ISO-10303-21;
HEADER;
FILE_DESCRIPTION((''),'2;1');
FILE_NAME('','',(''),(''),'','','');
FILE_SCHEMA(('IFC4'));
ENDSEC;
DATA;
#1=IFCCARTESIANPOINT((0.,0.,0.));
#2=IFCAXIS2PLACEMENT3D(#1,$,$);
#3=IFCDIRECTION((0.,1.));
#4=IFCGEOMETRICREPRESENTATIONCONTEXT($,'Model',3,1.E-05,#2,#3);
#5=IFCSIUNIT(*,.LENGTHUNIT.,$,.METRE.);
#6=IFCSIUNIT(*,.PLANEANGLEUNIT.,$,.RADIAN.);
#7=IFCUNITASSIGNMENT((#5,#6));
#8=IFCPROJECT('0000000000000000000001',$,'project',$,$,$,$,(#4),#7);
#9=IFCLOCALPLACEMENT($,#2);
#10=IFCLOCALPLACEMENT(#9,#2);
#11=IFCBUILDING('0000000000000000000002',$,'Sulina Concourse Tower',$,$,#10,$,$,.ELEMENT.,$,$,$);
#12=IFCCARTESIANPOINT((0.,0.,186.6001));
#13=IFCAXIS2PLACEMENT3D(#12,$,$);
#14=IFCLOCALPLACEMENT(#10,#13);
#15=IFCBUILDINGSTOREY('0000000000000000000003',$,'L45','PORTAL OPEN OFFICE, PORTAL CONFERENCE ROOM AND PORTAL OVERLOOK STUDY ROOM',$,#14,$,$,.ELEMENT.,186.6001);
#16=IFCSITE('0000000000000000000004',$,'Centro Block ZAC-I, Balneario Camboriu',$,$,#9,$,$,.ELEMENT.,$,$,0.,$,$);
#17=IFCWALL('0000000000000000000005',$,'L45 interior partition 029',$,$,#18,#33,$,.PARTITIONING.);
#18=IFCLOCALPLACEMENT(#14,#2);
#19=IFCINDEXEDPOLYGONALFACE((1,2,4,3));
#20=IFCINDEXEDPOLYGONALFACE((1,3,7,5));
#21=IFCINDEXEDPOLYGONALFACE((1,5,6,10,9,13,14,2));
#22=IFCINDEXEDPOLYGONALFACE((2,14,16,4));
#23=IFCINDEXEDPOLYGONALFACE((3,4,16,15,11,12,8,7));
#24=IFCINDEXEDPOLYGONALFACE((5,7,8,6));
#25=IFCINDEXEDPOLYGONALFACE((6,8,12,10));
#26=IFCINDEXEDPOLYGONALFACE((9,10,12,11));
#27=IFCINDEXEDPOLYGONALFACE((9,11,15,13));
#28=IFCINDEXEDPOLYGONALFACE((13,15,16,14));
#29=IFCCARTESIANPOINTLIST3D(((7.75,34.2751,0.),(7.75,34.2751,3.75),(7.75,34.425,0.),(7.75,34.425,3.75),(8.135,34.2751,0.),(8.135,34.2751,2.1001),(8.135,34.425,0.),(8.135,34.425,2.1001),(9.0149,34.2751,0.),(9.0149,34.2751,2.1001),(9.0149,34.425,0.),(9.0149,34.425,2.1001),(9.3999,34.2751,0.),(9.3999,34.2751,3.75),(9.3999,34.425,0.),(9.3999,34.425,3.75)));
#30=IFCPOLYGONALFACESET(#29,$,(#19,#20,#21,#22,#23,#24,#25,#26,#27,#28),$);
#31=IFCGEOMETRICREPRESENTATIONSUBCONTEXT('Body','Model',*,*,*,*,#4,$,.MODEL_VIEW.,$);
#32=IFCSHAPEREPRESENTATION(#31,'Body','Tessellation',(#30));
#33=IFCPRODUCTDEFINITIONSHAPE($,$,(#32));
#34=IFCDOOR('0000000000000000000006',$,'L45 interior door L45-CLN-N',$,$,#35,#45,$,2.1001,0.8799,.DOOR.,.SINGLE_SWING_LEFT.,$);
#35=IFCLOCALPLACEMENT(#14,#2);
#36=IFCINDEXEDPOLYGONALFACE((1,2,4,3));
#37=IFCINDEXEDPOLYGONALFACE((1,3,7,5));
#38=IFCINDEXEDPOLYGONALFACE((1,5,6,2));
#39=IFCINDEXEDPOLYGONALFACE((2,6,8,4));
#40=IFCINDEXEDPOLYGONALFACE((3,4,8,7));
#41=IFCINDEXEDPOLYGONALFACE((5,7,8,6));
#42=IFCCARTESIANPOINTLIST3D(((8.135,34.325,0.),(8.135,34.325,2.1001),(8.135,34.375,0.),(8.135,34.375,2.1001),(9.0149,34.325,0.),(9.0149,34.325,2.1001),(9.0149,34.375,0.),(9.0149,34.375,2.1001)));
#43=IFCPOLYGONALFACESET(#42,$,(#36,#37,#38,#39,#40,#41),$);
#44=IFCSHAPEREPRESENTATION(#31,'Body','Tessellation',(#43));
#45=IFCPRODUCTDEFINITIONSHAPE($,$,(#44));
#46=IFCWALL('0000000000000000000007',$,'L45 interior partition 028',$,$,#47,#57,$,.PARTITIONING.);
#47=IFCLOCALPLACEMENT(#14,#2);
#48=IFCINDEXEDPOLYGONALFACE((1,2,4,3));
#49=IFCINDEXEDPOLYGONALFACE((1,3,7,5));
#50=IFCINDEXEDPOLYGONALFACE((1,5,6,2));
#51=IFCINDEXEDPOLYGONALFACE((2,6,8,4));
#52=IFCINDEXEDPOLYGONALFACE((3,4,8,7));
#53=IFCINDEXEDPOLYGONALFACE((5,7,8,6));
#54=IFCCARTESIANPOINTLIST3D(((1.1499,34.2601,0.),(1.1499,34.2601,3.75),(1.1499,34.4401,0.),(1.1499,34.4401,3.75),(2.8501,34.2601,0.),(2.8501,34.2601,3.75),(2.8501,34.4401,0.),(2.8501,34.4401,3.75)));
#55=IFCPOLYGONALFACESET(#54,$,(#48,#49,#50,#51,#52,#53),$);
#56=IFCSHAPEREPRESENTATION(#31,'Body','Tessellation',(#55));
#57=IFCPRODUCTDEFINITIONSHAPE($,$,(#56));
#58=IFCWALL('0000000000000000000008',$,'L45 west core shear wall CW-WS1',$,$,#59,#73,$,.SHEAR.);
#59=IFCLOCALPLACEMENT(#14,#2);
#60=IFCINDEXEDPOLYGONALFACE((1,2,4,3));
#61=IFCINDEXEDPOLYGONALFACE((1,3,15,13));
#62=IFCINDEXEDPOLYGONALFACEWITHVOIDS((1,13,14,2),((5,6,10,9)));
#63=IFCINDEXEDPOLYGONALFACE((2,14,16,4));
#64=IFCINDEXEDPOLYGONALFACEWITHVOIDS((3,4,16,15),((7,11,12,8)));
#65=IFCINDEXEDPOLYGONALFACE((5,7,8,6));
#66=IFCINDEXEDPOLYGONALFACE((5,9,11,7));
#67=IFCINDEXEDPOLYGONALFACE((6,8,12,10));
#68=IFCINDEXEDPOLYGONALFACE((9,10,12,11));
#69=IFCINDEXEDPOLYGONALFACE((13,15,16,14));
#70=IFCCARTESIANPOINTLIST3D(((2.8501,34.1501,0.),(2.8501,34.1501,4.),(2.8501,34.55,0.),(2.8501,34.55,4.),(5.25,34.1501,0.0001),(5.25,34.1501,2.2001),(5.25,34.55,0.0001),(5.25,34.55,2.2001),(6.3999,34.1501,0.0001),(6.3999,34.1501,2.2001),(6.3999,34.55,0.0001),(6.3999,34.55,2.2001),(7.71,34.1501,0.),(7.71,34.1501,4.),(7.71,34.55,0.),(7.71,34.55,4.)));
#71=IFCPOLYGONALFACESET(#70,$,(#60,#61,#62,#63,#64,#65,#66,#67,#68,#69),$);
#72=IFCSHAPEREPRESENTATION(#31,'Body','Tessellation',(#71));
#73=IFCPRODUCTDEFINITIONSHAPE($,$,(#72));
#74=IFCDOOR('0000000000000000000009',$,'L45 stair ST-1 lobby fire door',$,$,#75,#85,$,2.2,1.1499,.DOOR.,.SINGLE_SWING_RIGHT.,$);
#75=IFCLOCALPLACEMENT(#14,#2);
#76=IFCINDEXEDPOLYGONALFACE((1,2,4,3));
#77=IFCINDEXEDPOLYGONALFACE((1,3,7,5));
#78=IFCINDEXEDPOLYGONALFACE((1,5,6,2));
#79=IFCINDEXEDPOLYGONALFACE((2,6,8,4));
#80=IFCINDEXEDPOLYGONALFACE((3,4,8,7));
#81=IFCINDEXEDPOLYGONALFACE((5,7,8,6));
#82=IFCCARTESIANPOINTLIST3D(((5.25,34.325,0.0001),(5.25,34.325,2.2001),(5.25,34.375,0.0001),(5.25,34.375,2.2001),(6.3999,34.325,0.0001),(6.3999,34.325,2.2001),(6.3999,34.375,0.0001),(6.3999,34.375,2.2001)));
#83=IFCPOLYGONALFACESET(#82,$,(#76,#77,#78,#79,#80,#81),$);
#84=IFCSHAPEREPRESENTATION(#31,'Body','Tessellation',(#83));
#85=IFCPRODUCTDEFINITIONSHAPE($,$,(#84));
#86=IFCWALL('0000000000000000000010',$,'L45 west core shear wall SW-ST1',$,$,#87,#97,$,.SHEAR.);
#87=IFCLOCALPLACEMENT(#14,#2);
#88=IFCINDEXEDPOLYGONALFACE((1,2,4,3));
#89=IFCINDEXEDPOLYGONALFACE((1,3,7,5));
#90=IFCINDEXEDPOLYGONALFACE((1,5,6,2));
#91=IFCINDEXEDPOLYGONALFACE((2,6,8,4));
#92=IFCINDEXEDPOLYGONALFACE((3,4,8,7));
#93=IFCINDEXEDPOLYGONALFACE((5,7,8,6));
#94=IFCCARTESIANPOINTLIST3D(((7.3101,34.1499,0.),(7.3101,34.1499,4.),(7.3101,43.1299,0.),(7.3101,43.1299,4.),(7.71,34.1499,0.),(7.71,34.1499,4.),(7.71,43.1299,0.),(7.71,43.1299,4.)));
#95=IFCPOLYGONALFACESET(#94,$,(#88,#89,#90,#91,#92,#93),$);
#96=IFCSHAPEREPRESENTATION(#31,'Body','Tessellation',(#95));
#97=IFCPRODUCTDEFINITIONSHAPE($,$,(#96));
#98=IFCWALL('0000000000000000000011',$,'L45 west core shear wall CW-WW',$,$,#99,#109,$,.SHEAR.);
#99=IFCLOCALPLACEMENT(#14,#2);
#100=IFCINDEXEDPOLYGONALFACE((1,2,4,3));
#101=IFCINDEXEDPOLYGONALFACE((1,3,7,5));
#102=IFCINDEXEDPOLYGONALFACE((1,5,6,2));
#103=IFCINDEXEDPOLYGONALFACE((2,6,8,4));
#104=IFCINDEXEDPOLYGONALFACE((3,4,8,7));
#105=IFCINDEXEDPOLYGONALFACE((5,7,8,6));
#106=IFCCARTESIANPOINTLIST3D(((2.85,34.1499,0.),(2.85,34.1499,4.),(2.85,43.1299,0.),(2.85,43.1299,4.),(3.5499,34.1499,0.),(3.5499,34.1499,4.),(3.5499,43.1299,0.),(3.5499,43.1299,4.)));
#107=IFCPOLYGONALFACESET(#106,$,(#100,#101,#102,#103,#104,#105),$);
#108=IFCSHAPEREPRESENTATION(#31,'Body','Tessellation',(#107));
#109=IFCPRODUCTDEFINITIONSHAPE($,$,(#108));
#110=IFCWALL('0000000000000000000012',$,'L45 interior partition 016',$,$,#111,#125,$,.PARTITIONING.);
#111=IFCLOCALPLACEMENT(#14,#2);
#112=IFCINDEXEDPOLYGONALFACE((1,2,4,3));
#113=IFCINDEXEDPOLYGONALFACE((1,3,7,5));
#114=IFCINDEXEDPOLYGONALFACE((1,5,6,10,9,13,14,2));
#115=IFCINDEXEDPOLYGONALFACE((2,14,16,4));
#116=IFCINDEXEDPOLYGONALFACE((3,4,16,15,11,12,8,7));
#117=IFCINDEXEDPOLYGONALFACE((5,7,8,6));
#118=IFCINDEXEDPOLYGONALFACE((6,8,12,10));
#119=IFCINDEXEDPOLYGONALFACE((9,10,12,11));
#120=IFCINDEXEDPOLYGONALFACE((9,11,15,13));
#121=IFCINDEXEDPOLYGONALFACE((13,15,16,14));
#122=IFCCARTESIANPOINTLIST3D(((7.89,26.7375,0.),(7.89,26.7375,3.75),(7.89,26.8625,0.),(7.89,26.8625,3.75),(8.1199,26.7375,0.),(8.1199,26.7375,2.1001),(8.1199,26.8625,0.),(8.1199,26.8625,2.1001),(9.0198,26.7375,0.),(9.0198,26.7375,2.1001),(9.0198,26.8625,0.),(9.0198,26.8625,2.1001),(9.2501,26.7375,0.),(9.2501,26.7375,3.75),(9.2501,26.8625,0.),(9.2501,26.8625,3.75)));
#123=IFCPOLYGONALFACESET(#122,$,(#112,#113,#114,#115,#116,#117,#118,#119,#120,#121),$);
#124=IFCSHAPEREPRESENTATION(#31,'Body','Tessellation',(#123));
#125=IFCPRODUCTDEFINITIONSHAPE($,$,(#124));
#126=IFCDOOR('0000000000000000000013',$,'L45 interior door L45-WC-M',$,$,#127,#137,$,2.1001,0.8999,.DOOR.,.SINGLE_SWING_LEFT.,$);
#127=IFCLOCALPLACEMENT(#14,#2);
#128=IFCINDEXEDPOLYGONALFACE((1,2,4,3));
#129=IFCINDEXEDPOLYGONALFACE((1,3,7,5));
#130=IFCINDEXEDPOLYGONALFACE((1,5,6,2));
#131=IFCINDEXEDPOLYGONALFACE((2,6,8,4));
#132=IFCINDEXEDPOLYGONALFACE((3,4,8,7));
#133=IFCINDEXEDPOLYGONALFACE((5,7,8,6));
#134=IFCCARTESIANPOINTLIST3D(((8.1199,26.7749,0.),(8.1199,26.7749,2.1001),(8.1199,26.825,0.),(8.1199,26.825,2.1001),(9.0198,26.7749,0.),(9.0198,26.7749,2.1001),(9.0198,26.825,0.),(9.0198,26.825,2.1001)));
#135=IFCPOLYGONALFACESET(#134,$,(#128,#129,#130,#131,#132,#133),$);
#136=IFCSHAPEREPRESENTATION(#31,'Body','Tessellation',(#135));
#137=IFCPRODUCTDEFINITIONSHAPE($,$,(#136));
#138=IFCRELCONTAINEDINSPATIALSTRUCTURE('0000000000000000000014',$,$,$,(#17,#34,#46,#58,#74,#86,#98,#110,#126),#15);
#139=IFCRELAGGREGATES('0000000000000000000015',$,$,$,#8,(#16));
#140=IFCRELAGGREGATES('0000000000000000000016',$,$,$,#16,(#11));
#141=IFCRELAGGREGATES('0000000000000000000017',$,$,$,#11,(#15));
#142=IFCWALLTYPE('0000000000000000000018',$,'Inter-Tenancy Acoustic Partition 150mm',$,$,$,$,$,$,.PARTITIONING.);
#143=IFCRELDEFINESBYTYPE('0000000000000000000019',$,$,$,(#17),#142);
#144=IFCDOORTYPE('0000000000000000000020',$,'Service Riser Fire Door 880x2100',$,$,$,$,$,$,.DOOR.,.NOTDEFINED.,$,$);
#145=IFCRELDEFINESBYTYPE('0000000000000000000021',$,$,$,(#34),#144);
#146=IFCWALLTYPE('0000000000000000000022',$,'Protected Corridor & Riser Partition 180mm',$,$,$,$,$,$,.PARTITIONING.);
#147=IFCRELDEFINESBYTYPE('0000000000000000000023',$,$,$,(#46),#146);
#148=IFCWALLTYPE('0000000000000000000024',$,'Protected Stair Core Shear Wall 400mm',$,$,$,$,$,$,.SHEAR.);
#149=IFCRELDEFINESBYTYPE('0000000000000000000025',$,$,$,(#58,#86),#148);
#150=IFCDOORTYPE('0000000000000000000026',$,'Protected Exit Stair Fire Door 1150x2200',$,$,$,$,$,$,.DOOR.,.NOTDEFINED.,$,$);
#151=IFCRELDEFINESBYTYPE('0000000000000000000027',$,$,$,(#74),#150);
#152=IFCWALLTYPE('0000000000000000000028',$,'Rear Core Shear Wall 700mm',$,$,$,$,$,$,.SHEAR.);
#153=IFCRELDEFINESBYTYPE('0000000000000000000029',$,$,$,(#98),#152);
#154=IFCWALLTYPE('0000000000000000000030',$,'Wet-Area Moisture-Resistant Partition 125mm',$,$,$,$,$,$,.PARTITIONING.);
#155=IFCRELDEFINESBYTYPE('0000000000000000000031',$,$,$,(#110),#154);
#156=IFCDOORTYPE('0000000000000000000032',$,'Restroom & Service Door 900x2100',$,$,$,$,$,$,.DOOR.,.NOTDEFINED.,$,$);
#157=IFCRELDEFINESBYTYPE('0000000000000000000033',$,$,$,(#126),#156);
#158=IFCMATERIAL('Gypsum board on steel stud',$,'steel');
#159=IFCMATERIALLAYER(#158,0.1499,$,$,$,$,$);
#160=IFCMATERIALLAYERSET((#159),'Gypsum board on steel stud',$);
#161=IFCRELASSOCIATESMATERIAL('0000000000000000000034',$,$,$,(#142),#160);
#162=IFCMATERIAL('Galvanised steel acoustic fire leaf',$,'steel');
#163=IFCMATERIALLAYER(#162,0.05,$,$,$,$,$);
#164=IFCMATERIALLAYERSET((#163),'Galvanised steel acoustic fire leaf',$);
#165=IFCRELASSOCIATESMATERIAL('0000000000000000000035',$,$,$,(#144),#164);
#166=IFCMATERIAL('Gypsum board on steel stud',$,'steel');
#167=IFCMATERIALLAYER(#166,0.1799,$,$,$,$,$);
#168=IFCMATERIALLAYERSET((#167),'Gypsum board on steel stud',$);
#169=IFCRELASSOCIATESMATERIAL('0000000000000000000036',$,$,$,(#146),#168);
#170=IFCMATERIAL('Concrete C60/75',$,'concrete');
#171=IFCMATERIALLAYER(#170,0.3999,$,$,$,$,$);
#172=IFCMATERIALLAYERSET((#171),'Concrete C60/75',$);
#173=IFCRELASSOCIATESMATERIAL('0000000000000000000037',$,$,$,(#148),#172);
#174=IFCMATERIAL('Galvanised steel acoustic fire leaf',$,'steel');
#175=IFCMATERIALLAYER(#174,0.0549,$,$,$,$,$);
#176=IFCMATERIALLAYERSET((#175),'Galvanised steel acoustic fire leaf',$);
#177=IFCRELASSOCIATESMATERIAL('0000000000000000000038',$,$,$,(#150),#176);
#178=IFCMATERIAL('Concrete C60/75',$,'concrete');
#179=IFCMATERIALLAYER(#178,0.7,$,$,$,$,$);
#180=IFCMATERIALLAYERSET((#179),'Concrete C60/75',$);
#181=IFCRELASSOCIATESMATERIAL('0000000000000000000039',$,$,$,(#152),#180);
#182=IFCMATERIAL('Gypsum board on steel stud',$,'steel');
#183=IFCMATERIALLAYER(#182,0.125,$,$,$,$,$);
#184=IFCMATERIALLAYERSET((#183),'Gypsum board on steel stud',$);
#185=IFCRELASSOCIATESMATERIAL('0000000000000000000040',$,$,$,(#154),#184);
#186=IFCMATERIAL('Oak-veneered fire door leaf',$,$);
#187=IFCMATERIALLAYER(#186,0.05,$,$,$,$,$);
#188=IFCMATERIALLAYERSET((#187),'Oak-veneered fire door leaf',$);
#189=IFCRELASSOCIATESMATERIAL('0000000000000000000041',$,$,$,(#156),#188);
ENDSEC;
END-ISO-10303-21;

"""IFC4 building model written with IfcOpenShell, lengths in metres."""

from ifc_helpers import new_model, si_unit, direction, frame, frame_2d, origin, place, context, subcontext, project, spatial, rectangle, extrude, material, layer, layer_set, type_object, element, fill, save


model = new_model("IFC4")

# Units and contexts
model_context = context("Model", 3, precision=1e-05, world=origin(), true_north=direction((0.0, 1.0)))
body_context = subcontext(model_context, "Body", "Model", "MODEL_VIEW")
ifc_project = project(units=[si_unit("LENGTHUNIT", "METRE"), si_unit("PLANEANGLEUNIT", "RADIAN")], contexts=[model_context])

# Site, building, storey
site_placement = place(None, origin())
site = spatial("IfcSite", under=ifc_project, at=site_placement, Name="Centro Block ZAC-I, Balneario Camboriu", CompositionType="ELEMENT", RefElevation=0.0)
building_placement = place(site_placement, origin())
building = spatial("IfcBuilding", under=site, at=building_placement, Name="Sulina Concourse Tower", CompositionType="ELEMENT")
storey_placement = place(building_placement, frame((0.0, 0.0, 186.6001)))
storey = spatial("IfcBuildingStorey", under=building, at=storey_placement, Name="L45", Description="PORTAL OPEN OFFICE, PORTAL CONFERENCE ROOM AND PORTAL OVERLOOK STUDY ROOM", CompositionType="ELEMENT", Elevation=186.6001)

# Wall, opening, door
ifc_material_1 = material(Name="Gypsum board on steel stud", Category="steel")
ifc_layer_1 = layer(ifc_material_1, 0.1499)
ifc_layer_set_1 = layer_set([ifc_layer_1], Name="Gypsum board on steel stud")
wall_type_1 = type_object("IfcWallType", Name="Inter-Tenancy Acoustic Partition 150mm", PredefinedType="PARTITIONING", material=ifc_layer_set_1)
wall_1_placement = place(storey_placement, frame((7.75, 34.3501, 0.0), z_axis=(0.0, 0.0, 1.0), x_axis=(1.0, 0.0, 0.0)))
wall_1 = element("IfcWall", 1, at=wall_1_placement, inside=storey, type_object=wall_type_1, Name="L45 interior partition 029", PredefinedType="PARTITIONING", context=body_context, shape_type="SweptSolid", body=[
    extrude(rectangle(XDim=1.6499, YDim=0.1499, at=frame_2d((0.825, 0.0))), origin(), (0.0, 0.0, 1.0), 3.75),
])
opening_1_placement = place(wall_1_placement, frame((0.385, 0.0, 0.0)))
opening_1 = element("IfcOpeningElement", 2, at=opening_1_placement, cuts=wall_1, PredefinedType="OPENING", context=body_context, shape_type="SweptSolid", body=[
    extrude(rectangle(XDim=0.8799, YDim=2.1001, at=frame_2d((0.4399, 1.05))), frame((0.0, 0.085, 0.0), z_axis=(0.0, -1.0, 0.0), x_axis=(1.0, 0.0, 0.0)), (0.0, 0.0, 1.0), 0.1699),
])
ifc_material_2 = material(Name="Galvanised steel acoustic fire leaf", Category="steel")
ifc_layer_2 = layer(ifc_material_2, 0.05)
ifc_layer_set_2 = layer_set([ifc_layer_2], Name="Galvanised steel acoustic fire leaf")
door_type_1 = type_object("IfcDoorType", Name="Service Riser Fire Door 880x2100", OperationType="NOTDEFINED", PredefinedType="DOOR", material=ifc_layer_set_2)
door_1_placement = place(opening_1_placement, origin())
door_1 = element("IfcDoor", 3, at=door_1_placement, inside=storey, type_object=door_type_1, Name="L45 interior door L45-CLN-N", OperationType="SINGLE_SWING_LEFT", OverallHeight=2.1001, OverallWidth=0.8799, PredefinedType="DOOR", context=body_context, shape_type="SweptSolid", body=[
    extrude(rectangle(XDim=0.8799, YDim=2.1001, at=frame_2d((0.4399, 1.05))), frame((0.0, 0.0249, 0.0), z_axis=(0.0, -1.0, 0.0), x_axis=(1.0, 0.0, 0.0)), (0.0, 0.0, 1.0), 0.05),
])
fill(opening_1, door_1)

# Wall
ifc_material_3 = material(Name="Gypsum board on steel stud", Category="steel")
ifc_layer_3 = layer(ifc_material_3, 0.1799)
ifc_layer_set_3 = layer_set([ifc_layer_3], Name="Gypsum board on steel stud")
wall_type_2 = type_object("IfcWallType", Name="Protected Corridor & Riser Partition 180mm", PredefinedType="PARTITIONING", material=ifc_layer_set_3)
wall_2_placement = place(storey_placement, frame((1.1499, 34.3501, 0.0), z_axis=(0.0, 0.0, 1.0), x_axis=(1.0, 0.0, 0.0)))
element("IfcWall", 4, at=wall_2_placement, inside=storey, type_object=wall_type_2, Name="L45 interior partition 028", PredefinedType="PARTITIONING", context=body_context, shape_type="SweptSolid", body=[
    extrude(rectangle(XDim=1.7002, YDim=0.1799, at=frame_2d((0.8501, 0.0))), origin(), (0.0, 0.0, 1.0), 3.75),
])

# Wall, opening, door
ifc_material_4 = material(Name="Concrete C60/75", Category="concrete")
ifc_layer_4 = layer(ifc_material_4, 0.3999)
ifc_layer_set_4 = layer_set([ifc_layer_4], Name="Concrete C60/75")
wall_type_3 = type_object("IfcWallType", Name="Protected Stair Core Shear Wall 400mm", PredefinedType="SHEAR", material=ifc_layer_set_4)
wall_3_placement = place(storey_placement, frame((2.8501, 34.3501, 0.0), z_axis=(0.0, 0.0, 1.0), x_axis=(1.0, 0.0, 0.0)))
wall_3 = element("IfcWall", 5, at=wall_3_placement, inside=storey, type_object=wall_type_3, Name="L45 west core shear wall CW-WS1", PredefinedType="SHEAR", context=body_context, shape_type="SweptSolid", body=[
    extrude(rectangle(XDim=4.8599, YDim=0.3999, at=frame_2d((2.4299, 0.0))), origin(), (0.0, 0.0, 1.0), 4.0),
])
opening_2_placement = place(wall_3_placement, frame((2.3999, 0.0, 0.0)))
opening_2 = element("IfcOpeningElement", 6, at=opening_2_placement, cuts=wall_3, PredefinedType="OPENING", context=body_context, shape_type="SweptSolid", body=[
    extrude(rectangle(XDim=1.1499, YDim=2.2, at=frame_2d((0.575, 1.1001))), frame((0.0, 0.21, 0.0), z_axis=(0.0, -1.0, 0.0), x_axis=(1.0, 0.0, 0.0)), (0.0, 0.0, 1.0), 0.4199),
])
ifc_material_5 = material(Name="Galvanised steel acoustic fire leaf", Category="steel")
ifc_layer_5 = layer(ifc_material_5, 0.0549)
ifc_layer_set_5 = layer_set([ifc_layer_5], Name="Galvanised steel acoustic fire leaf")
door_type_2 = type_object("IfcDoorType", Name="Protected Exit Stair Fire Door 1150x2200", OperationType="NOTDEFINED", PredefinedType="DOOR", material=ifc_layer_set_5)
door_2_placement = place(opening_2_placement, origin())
door_2 = element("IfcDoor", 7, at=door_2_placement, inside=storey, type_object=door_type_2, Name="L45 stair ST-1 lobby fire door", OperationType="SINGLE_SWING_RIGHT", OverallHeight=2.2, OverallWidth=1.1499, PredefinedType="DOOR", context=body_context, shape_type="SweptSolid", body=[
    extrude(rectangle(XDim=1.1499, YDim=2.2, at=frame_2d((0.575, 1.1001))), frame((0.0, 0.0249, 0.0), z_axis=(0.0, -1.0, 0.0), x_axis=(1.0, 0.0, 0.0)), (0.0, 0.0, 1.0), 0.05),
])
fill(opening_2, door_2)

# Walls
wall_4_placement = place(storey_placement, frame((7.51, 34.1499, 0.0), z_axis=(0.0, 0.0, 1.0), x_axis=(0.0, 1.0, 0.0)))
element("IfcWall", 8, at=wall_4_placement, inside=storey, type_object=wall_type_3, Name="L45 west core shear wall SW-ST1", PredefinedType="SHEAR", context=body_context, shape_type="SweptSolid", body=[
    extrude(rectangle(XDim=8.98, YDim=0.3999, at=frame_2d((4.49, 0.0))), origin(), (0.0, 0.0, 1.0), 4.0),
])
ifc_material_6 = material(Name="Concrete C60/75", Category="concrete")
ifc_layer_6 = layer(ifc_material_6, 0.7)
ifc_layer_set_6 = layer_set([ifc_layer_6], Name="Concrete C60/75")
wall_type_4 = type_object("IfcWallType", Name="Rear Core Shear Wall 700mm", PredefinedType="SHEAR", material=ifc_layer_set_6)
wall_5_placement = place(storey_placement, frame((3.2, 34.1499, 0.0), z_axis=(0.0, 0.0, 1.0), x_axis=(0.0, 1.0, 0.0)))
element("IfcWall", 9, at=wall_5_placement, inside=storey, type_object=wall_type_4, Name="L45 west core shear wall CW-WW", PredefinedType="SHEAR", context=body_context, shape_type="SweptSolid", body=[
    extrude(rectangle(XDim=8.98, YDim=0.7, at=frame_2d((4.49, 0.0))), origin(), (0.0, 0.0, 1.0), 4.0),
])

# Wall, opening, door
ifc_material_7 = material(Name="Gypsum board on steel stud", Category="steel")
ifc_layer_7 = layer(ifc_material_7, 0.125)
ifc_layer_set_7 = layer_set([ifc_layer_7], Name="Gypsum board on steel stud")
wall_type_5 = type_object("IfcWallType", Name="Wet-Area Moisture-Resistant Partition 125mm", PredefinedType="PARTITIONING", material=ifc_layer_set_7)
wall_6_placement = place(storey_placement, frame((7.8899, 26.8, 0.0), z_axis=(0.0, 0.0, 1.0), x_axis=(1.0, 0.0, 0.0)))
wall_6 = element("IfcWall", 10, at=wall_6_placement, inside=storey, type_object=wall_type_5, Name="L45 interior partition 016", PredefinedType="PARTITIONING", context=body_context, shape_type="SweptSolid", body=[
    extrude(rectangle(XDim=1.3601, YDim=0.125, at=frame_2d((0.6802, 0.0))), origin(), (0.0, 0.0, 1.0), 3.75),
])
opening_3_placement = place(wall_6_placement, frame((0.23, 0.0, 0.0)))
opening_3 = element("IfcOpeningElement", 11, at=opening_3_placement, cuts=wall_6, PredefinedType="OPENING", context=body_context, shape_type="SweptSolid", body=[
    extrude(rectangle(XDim=0.8999, YDim=2.1001, at=frame_2d((0.45, 1.05))), frame((0.0, 0.0725, 0.0), z_axis=(0.0, -1.0, 0.0), x_axis=(1.0, 0.0, 0.0)), (0.0, 0.0, 1.0), 0.145),
])
ifc_material_8 = material(Name="Oak-veneered fire door leaf")
ifc_layer_8 = layer(ifc_material_8, 0.05)
ifc_layer_set_8 = layer_set([ifc_layer_8], Name="Oak-veneered fire door leaf")
door_type_3 = type_object("IfcDoorType", Name="Restroom & Service Door 900x2100", OperationType="NOTDEFINED", PredefinedType="DOOR", material=ifc_layer_set_8)
door_3_placement = place(opening_3_placement, origin())
door_3 = element("IfcDoor", 12, at=door_3_placement, inside=storey, type_object=door_type_3, Name="L45 interior door L45-WC-M", OperationType="SINGLE_SWING_LEFT", OverallHeight=2.1001, OverallWidth=0.8999, PredefinedType="DOOR", context=body_context, shape_type="SweptSolid", body=[
    extrude(rectangle(XDim=0.8999, YDim=2.1001, at=frame_2d((0.45, 1.05))), frame((0.0, 0.0249, 0.0), z_axis=(0.0, -1.0, 0.0), x_axis=(1.0, 0.0, 0.0)), (0.0, 0.0, 1.0), 0.05),
])
fill(opening_3, door_3)

save(model, "model.ifc")
